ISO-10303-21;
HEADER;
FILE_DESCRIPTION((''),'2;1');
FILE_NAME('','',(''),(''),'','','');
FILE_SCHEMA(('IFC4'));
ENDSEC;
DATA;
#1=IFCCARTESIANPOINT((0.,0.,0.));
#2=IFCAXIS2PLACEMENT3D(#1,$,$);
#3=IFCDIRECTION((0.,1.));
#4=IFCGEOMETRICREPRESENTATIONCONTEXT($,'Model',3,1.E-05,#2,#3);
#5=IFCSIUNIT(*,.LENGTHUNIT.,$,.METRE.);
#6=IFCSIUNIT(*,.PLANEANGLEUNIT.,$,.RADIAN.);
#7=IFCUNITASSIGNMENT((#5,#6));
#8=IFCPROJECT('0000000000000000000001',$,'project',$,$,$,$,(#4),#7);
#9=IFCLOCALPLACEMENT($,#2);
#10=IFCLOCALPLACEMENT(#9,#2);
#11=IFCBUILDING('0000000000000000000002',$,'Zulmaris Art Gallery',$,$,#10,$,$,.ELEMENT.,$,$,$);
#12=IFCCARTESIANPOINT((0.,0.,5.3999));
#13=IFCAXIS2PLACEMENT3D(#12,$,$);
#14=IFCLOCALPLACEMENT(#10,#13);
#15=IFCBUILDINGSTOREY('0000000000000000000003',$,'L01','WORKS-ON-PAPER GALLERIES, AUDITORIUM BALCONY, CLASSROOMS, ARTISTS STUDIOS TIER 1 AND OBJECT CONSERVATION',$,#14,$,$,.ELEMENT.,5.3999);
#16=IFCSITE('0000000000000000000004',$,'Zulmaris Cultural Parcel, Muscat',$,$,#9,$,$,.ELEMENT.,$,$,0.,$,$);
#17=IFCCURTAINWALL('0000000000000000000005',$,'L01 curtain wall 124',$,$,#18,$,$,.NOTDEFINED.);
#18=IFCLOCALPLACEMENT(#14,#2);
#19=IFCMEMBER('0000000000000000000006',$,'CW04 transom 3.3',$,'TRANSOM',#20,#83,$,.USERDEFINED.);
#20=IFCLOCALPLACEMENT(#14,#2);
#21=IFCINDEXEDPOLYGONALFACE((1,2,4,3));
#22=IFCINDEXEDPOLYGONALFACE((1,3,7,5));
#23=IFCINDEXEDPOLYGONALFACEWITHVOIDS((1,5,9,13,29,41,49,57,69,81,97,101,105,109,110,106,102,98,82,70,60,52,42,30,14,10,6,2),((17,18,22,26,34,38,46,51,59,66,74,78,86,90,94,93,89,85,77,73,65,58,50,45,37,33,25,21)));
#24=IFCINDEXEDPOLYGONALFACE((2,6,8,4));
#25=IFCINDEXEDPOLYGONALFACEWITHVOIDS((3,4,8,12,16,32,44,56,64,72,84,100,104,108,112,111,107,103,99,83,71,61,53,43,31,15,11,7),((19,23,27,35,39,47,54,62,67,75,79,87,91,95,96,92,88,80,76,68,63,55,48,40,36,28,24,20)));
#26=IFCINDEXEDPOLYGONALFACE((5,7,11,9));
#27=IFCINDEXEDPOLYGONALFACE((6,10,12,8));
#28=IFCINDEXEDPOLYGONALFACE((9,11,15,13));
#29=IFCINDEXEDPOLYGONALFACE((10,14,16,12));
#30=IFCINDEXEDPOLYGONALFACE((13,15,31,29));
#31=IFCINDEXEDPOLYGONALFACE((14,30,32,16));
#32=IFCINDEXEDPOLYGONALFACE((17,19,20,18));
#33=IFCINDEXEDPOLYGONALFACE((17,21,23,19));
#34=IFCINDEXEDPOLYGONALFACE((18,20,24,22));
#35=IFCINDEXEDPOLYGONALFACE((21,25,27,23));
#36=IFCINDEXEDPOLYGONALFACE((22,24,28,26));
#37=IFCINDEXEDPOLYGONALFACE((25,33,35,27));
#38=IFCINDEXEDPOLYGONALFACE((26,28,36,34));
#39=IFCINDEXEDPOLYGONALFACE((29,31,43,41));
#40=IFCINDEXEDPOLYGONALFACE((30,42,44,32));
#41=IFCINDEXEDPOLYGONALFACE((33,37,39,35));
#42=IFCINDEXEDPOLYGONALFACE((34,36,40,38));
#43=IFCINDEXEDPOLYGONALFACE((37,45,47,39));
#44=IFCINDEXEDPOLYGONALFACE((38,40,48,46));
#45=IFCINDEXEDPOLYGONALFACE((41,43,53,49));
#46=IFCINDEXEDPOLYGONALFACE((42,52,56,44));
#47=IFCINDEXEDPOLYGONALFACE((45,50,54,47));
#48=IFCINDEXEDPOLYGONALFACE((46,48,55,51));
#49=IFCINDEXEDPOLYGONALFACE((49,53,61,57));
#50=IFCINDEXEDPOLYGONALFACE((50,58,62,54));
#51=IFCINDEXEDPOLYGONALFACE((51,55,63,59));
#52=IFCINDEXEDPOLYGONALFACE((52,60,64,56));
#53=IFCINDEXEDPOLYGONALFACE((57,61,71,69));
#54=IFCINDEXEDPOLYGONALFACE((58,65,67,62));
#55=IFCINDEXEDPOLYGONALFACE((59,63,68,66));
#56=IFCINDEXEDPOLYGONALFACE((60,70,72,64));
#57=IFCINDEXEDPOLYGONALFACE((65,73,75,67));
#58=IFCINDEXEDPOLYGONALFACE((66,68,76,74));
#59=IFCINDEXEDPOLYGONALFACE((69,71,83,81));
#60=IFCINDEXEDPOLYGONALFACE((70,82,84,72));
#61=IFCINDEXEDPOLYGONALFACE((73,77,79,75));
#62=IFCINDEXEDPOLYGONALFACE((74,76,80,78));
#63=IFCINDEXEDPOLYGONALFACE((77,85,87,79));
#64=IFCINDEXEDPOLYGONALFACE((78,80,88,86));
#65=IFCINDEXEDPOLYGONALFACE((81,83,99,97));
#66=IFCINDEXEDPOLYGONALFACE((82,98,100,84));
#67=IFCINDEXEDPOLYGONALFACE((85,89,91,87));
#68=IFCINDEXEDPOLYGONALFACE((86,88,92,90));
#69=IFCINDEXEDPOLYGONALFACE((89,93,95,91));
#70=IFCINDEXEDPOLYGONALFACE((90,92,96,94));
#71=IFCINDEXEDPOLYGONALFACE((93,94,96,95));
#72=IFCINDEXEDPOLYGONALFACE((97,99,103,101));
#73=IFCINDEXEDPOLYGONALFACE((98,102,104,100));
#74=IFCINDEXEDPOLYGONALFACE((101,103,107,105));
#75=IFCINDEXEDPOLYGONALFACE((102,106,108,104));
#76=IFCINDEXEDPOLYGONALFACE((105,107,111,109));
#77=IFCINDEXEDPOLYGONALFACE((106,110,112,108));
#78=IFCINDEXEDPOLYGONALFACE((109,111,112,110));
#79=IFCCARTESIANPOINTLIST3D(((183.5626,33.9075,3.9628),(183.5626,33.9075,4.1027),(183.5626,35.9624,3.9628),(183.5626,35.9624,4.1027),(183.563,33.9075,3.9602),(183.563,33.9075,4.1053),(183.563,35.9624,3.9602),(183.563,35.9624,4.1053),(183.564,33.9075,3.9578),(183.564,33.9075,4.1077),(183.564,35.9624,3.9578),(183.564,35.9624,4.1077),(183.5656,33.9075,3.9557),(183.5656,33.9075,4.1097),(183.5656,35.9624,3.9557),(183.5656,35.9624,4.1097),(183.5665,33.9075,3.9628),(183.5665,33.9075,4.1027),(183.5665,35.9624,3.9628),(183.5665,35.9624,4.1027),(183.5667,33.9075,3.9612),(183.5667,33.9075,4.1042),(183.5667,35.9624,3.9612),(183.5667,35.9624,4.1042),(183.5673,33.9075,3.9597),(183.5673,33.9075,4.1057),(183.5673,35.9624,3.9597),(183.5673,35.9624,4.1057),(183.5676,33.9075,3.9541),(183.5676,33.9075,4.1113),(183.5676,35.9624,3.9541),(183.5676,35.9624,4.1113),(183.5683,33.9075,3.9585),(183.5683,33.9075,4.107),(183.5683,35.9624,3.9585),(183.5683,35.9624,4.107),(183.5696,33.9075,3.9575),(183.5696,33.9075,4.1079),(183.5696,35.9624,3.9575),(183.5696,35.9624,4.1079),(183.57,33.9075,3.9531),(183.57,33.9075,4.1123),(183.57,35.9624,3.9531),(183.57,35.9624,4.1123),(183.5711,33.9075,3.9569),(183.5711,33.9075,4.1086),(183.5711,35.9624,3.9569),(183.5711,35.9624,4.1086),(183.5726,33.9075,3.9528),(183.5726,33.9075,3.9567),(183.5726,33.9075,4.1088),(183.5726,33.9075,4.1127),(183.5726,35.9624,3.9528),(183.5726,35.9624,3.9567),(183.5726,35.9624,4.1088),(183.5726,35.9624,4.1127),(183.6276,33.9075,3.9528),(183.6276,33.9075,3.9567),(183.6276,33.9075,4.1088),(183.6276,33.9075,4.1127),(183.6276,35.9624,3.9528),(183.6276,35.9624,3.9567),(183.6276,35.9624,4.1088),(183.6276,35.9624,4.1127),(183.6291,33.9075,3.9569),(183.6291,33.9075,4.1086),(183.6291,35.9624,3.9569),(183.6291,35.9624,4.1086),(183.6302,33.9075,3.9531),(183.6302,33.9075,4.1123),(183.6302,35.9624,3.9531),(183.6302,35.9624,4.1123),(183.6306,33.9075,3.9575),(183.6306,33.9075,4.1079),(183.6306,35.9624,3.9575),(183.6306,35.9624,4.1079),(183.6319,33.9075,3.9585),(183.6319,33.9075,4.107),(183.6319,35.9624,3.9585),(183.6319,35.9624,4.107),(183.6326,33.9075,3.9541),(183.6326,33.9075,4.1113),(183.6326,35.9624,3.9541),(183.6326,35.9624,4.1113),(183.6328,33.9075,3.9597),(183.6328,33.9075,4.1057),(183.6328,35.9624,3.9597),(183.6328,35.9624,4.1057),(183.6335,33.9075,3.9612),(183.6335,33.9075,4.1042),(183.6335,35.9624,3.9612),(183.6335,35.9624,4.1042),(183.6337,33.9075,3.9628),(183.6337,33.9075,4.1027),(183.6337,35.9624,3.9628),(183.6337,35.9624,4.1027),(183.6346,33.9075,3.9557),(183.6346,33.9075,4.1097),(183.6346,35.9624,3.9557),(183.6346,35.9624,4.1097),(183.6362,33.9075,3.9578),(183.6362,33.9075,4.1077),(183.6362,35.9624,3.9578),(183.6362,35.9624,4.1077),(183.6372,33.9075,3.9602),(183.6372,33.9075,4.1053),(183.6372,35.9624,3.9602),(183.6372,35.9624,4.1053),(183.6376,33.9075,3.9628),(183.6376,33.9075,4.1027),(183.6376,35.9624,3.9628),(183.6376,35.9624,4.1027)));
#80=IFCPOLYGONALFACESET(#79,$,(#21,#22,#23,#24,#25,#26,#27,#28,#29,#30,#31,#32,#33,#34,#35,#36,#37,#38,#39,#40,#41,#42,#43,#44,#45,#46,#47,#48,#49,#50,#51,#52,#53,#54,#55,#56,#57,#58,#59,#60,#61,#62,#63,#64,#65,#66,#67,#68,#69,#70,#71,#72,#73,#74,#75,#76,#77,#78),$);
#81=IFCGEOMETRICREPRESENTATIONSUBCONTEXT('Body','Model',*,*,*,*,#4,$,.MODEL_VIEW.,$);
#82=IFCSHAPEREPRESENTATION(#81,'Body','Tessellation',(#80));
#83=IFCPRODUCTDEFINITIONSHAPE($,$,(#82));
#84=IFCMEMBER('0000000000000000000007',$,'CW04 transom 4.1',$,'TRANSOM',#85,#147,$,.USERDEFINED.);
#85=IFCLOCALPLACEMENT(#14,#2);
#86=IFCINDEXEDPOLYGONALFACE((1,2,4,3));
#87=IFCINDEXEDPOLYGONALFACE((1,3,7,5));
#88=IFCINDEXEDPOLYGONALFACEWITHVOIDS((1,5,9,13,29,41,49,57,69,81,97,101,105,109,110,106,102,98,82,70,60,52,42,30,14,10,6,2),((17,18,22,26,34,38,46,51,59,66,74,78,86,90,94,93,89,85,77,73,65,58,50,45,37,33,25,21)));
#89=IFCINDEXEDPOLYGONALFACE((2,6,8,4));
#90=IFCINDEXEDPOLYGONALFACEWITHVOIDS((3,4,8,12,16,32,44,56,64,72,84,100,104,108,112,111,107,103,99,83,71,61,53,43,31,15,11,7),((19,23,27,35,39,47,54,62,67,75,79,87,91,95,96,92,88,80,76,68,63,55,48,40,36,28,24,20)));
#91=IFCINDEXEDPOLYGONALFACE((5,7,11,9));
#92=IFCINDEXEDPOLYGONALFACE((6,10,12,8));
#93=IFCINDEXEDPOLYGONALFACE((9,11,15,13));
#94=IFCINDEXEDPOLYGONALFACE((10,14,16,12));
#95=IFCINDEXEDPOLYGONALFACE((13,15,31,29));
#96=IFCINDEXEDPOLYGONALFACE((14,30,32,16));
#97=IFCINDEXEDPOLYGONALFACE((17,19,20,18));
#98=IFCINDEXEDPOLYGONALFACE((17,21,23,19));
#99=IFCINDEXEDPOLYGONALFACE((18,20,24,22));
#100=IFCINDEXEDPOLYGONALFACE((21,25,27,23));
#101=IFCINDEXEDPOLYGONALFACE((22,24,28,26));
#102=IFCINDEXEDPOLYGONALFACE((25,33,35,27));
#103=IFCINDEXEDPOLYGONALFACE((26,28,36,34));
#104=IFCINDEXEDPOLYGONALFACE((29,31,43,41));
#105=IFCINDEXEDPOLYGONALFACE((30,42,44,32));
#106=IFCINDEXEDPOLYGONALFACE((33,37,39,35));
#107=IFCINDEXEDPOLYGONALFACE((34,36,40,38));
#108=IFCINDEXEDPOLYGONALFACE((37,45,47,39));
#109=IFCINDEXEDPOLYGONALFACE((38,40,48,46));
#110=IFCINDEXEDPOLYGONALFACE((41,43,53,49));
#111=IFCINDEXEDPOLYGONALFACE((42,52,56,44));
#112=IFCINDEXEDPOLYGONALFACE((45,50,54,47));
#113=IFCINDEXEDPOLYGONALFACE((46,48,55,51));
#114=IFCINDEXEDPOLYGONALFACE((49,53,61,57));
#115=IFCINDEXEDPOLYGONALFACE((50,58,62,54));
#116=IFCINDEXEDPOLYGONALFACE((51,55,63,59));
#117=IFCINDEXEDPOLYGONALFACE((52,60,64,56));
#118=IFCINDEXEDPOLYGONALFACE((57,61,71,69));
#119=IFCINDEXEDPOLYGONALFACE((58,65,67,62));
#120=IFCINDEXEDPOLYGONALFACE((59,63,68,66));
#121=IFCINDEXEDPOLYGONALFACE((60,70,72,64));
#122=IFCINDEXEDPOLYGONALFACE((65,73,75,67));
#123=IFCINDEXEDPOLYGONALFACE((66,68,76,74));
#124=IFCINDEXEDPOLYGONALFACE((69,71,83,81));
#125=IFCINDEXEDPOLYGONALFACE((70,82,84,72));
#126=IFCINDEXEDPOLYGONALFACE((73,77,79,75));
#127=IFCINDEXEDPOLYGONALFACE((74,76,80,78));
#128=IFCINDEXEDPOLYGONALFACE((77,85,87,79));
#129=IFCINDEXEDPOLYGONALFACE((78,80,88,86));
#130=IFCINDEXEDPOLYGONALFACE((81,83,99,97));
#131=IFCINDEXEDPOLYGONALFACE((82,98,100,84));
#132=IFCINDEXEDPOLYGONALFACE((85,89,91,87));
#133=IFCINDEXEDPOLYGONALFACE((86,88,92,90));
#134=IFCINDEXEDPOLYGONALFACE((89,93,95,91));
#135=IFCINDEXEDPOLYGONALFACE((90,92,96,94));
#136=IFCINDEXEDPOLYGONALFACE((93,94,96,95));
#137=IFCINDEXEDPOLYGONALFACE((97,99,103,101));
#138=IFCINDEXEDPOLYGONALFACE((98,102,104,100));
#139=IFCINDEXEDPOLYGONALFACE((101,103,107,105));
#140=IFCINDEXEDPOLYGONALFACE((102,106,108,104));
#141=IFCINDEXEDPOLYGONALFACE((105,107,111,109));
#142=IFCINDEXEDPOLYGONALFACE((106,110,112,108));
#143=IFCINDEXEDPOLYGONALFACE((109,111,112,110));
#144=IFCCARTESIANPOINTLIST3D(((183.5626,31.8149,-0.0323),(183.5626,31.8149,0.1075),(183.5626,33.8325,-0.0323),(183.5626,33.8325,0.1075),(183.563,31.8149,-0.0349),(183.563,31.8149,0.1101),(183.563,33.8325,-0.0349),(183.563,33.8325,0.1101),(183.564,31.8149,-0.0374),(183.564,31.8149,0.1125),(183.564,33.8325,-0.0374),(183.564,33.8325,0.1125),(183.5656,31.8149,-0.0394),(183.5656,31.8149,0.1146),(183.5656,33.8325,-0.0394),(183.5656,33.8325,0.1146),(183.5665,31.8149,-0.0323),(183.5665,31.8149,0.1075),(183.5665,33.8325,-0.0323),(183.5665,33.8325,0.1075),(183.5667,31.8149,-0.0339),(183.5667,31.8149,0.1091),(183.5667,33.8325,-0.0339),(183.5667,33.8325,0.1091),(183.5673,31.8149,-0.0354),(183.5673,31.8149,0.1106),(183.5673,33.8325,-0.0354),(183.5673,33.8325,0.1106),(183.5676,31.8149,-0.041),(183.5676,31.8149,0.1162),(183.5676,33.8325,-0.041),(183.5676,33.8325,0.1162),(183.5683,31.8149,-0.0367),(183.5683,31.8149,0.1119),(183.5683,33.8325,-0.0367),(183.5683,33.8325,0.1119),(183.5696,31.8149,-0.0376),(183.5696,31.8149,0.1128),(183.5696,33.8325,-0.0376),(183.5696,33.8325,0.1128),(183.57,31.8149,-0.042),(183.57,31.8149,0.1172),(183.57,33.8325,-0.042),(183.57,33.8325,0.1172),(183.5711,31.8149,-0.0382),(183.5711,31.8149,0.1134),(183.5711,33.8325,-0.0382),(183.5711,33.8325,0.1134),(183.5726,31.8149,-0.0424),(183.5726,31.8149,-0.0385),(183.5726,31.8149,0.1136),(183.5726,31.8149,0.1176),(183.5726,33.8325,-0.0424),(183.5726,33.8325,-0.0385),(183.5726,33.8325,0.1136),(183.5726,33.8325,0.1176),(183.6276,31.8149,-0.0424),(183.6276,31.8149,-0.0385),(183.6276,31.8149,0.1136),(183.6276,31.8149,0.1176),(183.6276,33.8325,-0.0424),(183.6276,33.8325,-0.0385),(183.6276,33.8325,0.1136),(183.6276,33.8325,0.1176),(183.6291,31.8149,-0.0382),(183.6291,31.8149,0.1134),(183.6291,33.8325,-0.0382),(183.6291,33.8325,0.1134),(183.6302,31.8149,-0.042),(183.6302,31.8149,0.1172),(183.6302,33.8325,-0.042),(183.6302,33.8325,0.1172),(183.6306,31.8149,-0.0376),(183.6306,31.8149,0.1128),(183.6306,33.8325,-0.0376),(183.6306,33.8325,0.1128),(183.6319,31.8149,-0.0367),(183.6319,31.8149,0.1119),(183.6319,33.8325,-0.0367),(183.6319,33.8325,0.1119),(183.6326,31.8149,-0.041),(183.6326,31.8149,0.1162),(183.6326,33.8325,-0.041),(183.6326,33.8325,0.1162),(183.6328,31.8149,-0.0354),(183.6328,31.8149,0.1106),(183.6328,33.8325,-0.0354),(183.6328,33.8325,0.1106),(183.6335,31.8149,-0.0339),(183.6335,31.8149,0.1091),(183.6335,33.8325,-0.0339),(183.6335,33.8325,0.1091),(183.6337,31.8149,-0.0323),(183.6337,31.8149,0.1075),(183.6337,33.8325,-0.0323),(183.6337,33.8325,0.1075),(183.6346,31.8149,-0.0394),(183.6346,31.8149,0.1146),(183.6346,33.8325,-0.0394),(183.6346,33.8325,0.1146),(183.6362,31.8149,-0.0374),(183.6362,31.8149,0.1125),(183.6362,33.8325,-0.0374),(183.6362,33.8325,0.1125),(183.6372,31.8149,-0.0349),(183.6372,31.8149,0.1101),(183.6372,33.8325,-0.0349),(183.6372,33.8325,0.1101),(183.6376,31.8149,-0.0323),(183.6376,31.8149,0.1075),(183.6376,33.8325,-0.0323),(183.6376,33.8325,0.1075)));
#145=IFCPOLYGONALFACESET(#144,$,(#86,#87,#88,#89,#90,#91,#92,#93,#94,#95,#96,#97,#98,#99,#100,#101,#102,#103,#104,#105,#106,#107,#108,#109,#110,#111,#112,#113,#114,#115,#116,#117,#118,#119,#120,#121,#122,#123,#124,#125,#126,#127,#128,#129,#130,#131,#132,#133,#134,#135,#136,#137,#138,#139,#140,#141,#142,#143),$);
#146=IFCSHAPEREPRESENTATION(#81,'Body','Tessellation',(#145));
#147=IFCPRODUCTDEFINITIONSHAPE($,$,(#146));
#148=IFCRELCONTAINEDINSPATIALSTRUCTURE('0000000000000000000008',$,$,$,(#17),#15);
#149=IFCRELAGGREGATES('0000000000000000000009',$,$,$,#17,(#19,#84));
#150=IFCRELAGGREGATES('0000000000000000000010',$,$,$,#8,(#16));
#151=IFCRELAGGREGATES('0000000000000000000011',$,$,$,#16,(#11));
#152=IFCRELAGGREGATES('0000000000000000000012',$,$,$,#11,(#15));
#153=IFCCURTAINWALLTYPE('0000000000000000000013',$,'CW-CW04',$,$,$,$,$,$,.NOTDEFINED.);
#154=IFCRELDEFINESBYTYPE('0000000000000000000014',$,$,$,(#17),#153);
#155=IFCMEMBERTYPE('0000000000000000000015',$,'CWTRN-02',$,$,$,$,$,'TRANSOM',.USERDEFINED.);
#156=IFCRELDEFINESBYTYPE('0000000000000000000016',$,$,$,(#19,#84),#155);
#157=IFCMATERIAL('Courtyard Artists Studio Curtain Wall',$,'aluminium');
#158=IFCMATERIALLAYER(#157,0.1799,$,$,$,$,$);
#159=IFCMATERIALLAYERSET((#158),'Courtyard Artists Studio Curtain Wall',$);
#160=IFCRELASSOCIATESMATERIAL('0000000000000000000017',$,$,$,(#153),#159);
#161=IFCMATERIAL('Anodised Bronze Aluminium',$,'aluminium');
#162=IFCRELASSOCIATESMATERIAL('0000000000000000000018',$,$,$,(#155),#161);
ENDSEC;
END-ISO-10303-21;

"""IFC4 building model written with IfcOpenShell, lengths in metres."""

from ifc_helpers import new_model, si_unit, direction, frame, origin, origin_2d, place, context, subcontext, project, spatial, hollow_rectangle, extrude, material, layer, layer_set, material_profile, profile_set, type_object, element, aggregate, save


model = new_model("IFC4")

# Units and contexts
model_context = context("Model", 3, precision=1e-05, world=origin(), true_north=direction((0.0, 1.0)))
body_context = subcontext(model_context, "Body", "Model", "MODEL_VIEW")
ifc_project = project(units=[si_unit("LENGTHUNIT", "METRE"), si_unit("PLANEANGLEUNIT", "RADIAN")], contexts=[model_context])

# Site, building, storey
site_placement = place(None, origin())
site = spatial("IfcSite", under=ifc_project, at=site_placement, Name="Zulmaris Cultural Parcel, Muscat", CompositionType="ELEMENT", RefElevation=0.0)
building_placement = place(site_placement, origin())
building = spatial("IfcBuilding", under=site, at=building_placement, Name="Zulmaris Art Gallery", CompositionType="ELEMENT")
storey_placement = place(building_placement, frame((0.0, 0.0, 5.3999)))
storey = spatial("IfcBuildingStorey", under=building, at=storey_placement, Name="L01", Description="WORKS-ON-PAPER GALLERIES, AUDITORIUM BALCONY, CLASSROOMS, ARTISTS STUDIOS TIER 1 AND OBJECT CONSERVATION", CompositionType="ELEMENT", Elevation=5.3999)

# Curtain wall
ifc_material_1 = material(Name="Courtyard Artists Studio Curtain Wall", Category="aluminium")
ifc_layer_1 = layer(ifc_material_1, 0.1799)
ifc_layer_set_1 = layer_set([ifc_layer_1], Name="Courtyard Artists Studio Curtain Wall")
curtain_wall_type = type_object("IfcCurtainWallType", Name="CW-CW04", PredefinedType="NOTDEFINED", material=ifc_layer_set_1)
curtain_wall_1_placement = place(storey_placement, origin())
curtain_wall_1 = element("IfcCurtainWall", 1, at=curtain_wall_1_placement, inside=storey, type_object=curtain_wall_type, Name="L01 curtain wall 124", PredefinedType="NOTDEFINED")
ifc_material_2 = material(Name="Anodised Bronze Aluminium", Category="aluminium")

# Members
ifc_material_profile_1 = material_profile(ifc_material_2, hollow_rectangle(XDim=0.075, YDim=0.1599, WallThickness=0.0039, InnerFilletRadius=0.0061, OuterFilletRadius=0.01, at=origin_2d()), Name="ALU 75x160x4")
ifc_profile_set_1 = profile_set([ifc_material_profile_1], Name="Anodised Bronze Aluminium")
member_type_1 = type_object("IfcMemberType", Name="CWTRN-02", ElementType="TRANSOM", PredefinedType="USERDEFINED", material=ifc_profile_set_1)
member_1_placement = place(storey_placement, frame((183.6001, 35.9624, 4.0327), z_axis=(0.0, -1.0, 0.0), x_axis=(1.0, 0.0, 0.0)))
member_1 = element("IfcMember", 2, at=member_1_placement, type_object=member_type_1, Name="CW04 transom 3.3", ObjectType="TRANSOM", PredefinedType="USERDEFINED", context=body_context, shape_type="SweptSolid", body=[
    extrude(hollow_rectangle(XDim=0.075, YDim=0.1599, WallThickness=0.0039, InnerFilletRadius=0.0061, OuterFilletRadius=0.01, at=origin_2d()), origin(), (0.0, 0.0, 1.0), 2.0549),
])
member_2_placement = place(storey_placement, frame((183.6001, 33.8325, 0.0376), z_axis=(0.0, -1.0, 0.0), x_axis=(1.0, 0.0, 0.0)))
member_2 = element("IfcMember", 3, at=member_2_placement, type_object=member_type_1, Name="CW04 transom 4.1", ObjectType="TRANSOM", PredefinedType="USERDEFINED", context=body_context, shape_type="SweptSolid", body=[
    extrude(hollow_rectangle(XDim=0.075, YDim=0.1599, WallThickness=0.0039, InnerFilletRadius=0.0061, OuterFilletRadius=0.01, at=origin_2d()), origin(), (0.0, 0.0, 1.0), 2.0176),
])

aggregate(curtain_wall_1, [member_1, member_2])

save(model, "model.ifc")
